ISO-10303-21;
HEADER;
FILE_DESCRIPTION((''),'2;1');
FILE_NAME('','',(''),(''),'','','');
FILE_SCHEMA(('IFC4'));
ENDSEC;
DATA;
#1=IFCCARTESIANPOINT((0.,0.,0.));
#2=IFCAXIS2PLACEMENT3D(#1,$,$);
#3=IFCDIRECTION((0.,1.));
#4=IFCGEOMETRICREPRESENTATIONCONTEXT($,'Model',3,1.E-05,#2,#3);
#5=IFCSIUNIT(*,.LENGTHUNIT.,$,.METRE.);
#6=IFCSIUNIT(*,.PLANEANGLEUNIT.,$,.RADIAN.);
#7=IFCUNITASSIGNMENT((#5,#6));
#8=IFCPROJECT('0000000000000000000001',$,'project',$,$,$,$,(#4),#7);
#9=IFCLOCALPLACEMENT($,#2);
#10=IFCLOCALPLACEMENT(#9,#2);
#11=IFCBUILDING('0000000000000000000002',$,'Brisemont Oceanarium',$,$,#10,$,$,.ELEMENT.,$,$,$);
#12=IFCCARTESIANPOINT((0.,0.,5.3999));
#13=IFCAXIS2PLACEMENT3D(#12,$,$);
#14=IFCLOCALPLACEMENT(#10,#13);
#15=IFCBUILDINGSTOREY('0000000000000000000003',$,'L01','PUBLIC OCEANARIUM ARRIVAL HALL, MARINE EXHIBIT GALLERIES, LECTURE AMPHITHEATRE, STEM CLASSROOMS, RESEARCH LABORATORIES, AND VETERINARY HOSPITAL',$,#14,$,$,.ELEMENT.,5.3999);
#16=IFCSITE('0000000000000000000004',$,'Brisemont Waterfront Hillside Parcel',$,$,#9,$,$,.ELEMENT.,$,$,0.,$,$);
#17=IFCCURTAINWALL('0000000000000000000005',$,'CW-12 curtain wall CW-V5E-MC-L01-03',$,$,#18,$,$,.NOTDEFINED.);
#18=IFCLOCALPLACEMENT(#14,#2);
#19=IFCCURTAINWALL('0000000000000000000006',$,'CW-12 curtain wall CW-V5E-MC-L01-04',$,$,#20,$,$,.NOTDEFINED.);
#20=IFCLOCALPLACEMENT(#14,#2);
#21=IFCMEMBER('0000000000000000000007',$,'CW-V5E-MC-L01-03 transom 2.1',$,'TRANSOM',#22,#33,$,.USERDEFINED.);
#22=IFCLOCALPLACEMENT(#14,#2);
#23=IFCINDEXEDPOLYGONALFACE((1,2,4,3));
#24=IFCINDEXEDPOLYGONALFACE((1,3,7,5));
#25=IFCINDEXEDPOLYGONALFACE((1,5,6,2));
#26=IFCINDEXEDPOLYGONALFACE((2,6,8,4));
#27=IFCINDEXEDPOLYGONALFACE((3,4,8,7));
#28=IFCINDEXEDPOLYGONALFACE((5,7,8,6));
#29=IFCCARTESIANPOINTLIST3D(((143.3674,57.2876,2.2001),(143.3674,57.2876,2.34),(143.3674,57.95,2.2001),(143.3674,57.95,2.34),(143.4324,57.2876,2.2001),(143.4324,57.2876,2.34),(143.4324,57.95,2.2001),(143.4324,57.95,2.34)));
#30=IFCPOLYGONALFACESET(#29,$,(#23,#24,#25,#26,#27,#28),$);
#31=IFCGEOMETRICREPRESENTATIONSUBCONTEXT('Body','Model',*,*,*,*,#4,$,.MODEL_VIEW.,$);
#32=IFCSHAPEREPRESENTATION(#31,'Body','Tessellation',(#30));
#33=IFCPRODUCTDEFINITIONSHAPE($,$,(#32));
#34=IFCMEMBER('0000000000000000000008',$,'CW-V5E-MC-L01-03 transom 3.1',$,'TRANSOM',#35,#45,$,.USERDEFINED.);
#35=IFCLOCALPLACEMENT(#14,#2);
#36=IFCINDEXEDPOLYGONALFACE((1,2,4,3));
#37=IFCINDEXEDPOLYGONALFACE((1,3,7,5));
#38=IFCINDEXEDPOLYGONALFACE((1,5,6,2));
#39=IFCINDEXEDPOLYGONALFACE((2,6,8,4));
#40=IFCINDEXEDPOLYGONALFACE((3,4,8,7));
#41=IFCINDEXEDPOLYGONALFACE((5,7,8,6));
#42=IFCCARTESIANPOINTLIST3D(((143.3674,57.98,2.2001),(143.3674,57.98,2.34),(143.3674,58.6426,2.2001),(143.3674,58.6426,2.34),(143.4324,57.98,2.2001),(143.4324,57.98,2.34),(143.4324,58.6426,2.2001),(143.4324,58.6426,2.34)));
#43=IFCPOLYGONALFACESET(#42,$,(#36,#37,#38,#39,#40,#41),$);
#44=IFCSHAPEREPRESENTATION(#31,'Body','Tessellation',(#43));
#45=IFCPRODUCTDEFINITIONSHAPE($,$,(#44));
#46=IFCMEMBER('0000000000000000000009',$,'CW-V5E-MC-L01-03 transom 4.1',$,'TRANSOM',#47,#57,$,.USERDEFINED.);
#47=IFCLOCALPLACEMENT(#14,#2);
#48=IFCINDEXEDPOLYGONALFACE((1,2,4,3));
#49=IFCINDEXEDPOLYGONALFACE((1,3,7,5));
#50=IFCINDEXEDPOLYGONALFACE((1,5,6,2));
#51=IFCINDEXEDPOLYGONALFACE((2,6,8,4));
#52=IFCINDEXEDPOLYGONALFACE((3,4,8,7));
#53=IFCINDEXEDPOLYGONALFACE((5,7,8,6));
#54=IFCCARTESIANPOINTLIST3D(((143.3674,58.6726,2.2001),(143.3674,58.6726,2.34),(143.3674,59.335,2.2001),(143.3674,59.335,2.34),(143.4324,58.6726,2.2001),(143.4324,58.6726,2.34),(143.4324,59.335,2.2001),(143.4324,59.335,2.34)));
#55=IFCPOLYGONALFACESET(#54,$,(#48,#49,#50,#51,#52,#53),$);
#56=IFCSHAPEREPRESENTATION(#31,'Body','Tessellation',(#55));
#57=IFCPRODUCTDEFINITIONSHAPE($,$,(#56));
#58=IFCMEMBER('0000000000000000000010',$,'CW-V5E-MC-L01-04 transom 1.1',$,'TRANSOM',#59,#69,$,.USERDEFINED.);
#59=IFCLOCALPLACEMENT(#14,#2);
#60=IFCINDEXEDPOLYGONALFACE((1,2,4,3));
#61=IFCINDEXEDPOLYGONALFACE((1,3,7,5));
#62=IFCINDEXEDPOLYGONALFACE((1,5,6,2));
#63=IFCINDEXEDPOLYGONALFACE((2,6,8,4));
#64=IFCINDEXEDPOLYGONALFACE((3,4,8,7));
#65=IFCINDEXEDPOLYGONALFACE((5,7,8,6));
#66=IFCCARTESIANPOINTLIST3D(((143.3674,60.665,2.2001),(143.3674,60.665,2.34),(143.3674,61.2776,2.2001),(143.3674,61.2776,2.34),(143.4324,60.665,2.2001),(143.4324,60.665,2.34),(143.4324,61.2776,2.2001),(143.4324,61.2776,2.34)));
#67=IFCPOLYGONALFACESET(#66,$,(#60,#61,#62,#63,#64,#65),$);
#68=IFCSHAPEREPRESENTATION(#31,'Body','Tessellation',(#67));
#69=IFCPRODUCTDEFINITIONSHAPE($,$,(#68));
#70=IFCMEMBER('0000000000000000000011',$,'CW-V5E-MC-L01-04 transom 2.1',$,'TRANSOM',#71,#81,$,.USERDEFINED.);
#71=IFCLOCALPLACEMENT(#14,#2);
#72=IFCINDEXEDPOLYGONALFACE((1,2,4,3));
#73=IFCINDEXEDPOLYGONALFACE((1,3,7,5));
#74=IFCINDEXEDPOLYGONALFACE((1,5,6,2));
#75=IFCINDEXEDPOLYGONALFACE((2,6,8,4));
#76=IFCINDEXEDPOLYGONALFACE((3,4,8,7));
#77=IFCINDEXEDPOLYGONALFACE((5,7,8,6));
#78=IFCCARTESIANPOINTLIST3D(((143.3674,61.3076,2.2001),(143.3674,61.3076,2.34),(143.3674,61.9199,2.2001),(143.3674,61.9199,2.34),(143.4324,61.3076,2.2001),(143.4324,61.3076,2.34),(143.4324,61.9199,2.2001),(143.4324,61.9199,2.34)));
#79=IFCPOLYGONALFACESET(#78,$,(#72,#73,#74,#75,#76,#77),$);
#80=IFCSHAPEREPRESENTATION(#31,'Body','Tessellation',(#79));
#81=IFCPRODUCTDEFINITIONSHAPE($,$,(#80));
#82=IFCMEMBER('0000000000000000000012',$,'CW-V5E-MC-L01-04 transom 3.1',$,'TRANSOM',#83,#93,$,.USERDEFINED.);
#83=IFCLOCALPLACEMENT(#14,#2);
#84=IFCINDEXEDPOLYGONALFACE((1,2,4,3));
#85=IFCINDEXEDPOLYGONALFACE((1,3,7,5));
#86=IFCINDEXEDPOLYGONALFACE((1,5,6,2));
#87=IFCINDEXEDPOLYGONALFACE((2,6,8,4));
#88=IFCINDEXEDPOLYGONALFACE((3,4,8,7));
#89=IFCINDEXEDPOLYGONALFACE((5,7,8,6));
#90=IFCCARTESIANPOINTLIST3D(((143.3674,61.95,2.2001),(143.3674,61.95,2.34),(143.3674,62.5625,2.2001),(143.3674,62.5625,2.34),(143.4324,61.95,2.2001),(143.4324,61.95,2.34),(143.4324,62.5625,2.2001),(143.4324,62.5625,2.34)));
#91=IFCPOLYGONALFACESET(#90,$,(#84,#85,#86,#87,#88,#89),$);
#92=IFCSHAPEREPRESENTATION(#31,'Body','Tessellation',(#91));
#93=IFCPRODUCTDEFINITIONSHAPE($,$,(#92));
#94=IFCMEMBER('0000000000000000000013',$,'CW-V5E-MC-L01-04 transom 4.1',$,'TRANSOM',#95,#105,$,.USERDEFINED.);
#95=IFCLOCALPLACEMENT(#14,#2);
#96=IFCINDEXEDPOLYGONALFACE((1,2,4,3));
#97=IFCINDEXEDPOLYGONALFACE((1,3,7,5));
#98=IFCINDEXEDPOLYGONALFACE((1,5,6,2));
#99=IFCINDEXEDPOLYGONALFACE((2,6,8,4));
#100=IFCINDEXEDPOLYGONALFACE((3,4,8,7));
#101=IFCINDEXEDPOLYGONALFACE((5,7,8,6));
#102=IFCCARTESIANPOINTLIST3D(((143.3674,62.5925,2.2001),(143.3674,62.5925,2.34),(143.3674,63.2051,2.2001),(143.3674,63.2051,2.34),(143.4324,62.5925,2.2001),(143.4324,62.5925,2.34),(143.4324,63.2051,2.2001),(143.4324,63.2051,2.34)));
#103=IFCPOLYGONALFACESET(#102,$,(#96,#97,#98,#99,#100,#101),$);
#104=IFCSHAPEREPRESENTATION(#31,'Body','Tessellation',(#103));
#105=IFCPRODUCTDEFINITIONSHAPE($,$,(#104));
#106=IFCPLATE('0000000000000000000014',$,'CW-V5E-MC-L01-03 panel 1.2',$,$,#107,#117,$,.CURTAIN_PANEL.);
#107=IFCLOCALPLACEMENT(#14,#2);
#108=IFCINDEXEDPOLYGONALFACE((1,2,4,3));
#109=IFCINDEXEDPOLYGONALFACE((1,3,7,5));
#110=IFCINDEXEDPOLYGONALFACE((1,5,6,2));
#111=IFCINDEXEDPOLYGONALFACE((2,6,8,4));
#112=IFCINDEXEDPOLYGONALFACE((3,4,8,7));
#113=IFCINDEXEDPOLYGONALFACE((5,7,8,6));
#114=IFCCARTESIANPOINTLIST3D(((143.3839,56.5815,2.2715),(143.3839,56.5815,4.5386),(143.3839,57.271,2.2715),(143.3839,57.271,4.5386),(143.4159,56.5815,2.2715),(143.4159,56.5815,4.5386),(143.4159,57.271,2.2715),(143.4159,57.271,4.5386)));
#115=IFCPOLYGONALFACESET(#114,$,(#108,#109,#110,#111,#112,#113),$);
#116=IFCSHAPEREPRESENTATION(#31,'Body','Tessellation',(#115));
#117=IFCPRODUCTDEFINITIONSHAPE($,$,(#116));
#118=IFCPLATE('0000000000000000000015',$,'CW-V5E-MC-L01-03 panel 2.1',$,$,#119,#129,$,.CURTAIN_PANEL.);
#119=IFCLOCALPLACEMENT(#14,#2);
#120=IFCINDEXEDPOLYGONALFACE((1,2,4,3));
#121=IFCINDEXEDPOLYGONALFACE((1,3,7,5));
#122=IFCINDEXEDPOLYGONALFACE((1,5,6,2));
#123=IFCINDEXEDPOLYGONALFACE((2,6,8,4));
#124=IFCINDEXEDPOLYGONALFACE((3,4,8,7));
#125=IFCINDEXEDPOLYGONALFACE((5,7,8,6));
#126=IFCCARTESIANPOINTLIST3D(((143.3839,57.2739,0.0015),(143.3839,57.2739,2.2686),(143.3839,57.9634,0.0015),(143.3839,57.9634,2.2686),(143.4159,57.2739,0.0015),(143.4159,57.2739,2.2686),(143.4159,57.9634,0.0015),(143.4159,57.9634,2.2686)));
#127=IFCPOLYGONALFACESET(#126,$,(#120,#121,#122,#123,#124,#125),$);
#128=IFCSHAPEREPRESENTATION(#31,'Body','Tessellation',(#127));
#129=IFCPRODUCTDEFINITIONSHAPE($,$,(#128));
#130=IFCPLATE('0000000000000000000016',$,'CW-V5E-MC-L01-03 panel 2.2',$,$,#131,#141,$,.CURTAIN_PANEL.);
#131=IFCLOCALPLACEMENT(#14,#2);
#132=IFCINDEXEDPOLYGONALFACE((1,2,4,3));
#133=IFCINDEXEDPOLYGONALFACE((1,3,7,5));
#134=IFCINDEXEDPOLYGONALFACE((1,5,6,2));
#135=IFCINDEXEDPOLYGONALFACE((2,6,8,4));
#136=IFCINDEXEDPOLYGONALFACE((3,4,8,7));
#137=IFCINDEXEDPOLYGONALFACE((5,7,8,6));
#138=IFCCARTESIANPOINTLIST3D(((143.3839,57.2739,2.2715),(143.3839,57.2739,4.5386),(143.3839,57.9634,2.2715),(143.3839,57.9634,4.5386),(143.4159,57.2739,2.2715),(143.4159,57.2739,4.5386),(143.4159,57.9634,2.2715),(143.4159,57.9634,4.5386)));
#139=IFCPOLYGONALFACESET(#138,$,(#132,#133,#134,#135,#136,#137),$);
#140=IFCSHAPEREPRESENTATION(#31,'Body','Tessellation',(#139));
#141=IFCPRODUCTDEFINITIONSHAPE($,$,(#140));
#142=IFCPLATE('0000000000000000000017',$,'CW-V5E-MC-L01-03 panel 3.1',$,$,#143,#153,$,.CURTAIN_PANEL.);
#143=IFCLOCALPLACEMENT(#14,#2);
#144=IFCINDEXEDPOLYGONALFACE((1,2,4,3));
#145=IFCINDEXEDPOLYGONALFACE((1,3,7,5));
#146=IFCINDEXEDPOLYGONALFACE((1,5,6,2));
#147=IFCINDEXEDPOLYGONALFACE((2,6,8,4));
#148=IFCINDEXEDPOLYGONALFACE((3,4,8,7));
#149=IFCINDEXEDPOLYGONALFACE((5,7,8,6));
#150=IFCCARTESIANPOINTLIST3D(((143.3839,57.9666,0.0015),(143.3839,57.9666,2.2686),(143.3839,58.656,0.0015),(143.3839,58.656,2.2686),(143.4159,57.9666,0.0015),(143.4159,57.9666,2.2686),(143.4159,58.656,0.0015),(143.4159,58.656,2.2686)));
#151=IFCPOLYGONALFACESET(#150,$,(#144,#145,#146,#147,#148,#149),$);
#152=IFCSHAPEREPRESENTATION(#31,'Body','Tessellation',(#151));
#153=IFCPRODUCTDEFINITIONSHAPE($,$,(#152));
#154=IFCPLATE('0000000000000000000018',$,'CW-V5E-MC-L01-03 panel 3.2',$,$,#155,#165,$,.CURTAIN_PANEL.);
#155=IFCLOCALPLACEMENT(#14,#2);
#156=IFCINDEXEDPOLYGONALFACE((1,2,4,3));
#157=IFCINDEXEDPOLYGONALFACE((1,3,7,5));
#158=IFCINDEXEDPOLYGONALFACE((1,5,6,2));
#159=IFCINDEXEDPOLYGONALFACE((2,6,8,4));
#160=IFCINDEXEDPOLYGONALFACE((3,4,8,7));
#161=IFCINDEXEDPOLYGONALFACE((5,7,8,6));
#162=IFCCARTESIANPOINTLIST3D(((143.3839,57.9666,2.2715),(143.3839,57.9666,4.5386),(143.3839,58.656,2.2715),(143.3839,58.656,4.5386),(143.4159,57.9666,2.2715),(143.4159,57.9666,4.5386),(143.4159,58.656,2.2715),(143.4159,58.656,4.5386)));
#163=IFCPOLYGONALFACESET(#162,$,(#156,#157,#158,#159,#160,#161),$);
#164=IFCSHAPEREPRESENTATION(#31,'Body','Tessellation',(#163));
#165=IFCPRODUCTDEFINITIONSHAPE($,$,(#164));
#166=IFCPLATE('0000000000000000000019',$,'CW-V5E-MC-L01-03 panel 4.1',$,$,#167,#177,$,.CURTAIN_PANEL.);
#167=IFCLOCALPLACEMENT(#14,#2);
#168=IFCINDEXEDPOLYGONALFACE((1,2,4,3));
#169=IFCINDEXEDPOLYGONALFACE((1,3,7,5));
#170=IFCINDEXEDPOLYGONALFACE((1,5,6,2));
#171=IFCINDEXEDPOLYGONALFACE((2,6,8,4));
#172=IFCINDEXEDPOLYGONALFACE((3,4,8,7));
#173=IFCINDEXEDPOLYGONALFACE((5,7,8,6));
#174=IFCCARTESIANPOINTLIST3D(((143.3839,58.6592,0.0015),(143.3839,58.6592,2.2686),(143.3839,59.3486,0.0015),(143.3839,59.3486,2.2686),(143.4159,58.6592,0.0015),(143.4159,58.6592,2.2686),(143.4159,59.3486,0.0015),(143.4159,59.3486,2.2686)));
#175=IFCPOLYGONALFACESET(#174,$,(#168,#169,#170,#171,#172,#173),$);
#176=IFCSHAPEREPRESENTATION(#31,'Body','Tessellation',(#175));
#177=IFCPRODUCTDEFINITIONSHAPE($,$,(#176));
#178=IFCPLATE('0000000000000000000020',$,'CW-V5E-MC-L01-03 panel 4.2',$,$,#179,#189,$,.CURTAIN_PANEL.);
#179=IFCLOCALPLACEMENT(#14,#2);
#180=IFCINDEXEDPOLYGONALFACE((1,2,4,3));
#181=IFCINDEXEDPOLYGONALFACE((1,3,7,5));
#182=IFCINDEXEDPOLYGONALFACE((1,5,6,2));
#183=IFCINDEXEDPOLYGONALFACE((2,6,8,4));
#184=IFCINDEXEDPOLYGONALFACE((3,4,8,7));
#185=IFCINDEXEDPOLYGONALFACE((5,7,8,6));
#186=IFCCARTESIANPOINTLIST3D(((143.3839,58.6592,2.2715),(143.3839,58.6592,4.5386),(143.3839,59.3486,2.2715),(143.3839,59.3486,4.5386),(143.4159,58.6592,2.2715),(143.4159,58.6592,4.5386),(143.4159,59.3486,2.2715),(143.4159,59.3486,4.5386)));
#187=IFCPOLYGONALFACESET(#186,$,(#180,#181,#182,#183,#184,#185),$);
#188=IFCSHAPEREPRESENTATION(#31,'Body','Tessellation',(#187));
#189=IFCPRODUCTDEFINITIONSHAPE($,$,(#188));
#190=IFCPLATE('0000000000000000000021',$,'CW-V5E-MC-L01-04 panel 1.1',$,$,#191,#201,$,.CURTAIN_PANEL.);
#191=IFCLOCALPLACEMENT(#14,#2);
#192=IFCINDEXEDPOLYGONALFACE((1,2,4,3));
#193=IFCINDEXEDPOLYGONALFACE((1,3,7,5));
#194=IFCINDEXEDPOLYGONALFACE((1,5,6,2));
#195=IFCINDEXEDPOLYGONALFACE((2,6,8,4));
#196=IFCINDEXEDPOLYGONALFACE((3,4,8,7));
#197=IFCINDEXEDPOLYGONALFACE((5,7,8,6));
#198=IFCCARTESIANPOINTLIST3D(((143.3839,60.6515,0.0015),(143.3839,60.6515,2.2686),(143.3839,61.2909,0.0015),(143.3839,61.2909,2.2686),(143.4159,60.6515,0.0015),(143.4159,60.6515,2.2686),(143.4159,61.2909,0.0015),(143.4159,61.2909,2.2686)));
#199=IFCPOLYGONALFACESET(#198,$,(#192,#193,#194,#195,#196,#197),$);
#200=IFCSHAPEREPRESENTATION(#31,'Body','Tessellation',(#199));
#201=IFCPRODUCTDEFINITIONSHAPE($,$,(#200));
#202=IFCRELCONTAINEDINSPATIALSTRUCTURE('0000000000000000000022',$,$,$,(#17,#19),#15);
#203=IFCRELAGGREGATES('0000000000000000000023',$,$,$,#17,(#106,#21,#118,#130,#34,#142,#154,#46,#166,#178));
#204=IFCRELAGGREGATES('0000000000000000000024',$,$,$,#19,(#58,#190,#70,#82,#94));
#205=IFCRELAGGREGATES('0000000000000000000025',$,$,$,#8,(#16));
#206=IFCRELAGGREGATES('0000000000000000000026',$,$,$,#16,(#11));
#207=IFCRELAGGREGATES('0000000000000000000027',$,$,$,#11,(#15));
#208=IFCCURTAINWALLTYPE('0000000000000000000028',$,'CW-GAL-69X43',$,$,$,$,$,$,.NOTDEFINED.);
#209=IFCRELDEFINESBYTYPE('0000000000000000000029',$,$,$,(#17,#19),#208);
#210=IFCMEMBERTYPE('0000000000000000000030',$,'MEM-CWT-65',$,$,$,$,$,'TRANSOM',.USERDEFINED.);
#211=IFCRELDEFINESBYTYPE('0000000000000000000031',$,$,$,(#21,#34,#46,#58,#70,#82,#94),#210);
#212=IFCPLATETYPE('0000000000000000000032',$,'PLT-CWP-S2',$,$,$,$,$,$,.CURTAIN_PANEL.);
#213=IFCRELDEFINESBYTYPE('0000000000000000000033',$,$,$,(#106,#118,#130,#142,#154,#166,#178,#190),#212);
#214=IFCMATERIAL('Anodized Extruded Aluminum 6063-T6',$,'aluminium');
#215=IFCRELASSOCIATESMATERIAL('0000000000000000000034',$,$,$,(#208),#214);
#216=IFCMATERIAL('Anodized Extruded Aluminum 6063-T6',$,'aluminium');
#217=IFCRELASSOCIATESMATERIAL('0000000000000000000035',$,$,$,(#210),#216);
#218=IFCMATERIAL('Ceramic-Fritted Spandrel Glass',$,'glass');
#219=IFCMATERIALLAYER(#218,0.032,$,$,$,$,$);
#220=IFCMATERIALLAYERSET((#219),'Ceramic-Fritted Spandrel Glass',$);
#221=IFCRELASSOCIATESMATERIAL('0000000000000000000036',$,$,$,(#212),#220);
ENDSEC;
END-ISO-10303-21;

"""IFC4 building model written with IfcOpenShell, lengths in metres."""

from ifc_helpers import new_model, si_unit, direction, frame, origin, origin_2d, place, context, subcontext, project, spatial, rectangle, extrude, material, layer, layer_set, material_profile, profile_set, type_object, element, aggregate, save


model = new_model("IFC4")

# Units and contexts
model_context = context("Model", 3, precision=1e-05, world=origin(), true_north=direction((0.0, 1.0)))
body_context = subcontext(model_context, "Body", "Model", "MODEL_VIEW")
ifc_project = project(units=[si_unit("LENGTHUNIT", "METRE"), si_unit("PLANEANGLEUNIT", "RADIAN")], contexts=[model_context])

# Site, building, storey
site_placement = place(None, origin())
site = spatial("IfcSite", under=ifc_project, at=site_placement, Name="Brisemont Waterfront Hillside Parcel", CompositionType="ELEMENT", RefElevation=0.0)
building_placement = place(site_placement, origin())
building = spatial("IfcBuilding", under=site, at=building_placement, Name="Brisemont Oceanarium", CompositionType="ELEMENT")
storey_placement = place(building_placement, frame((0.0, 0.0, 5.3999)))
storey = spatial("IfcBuildingStorey", under=building, at=storey_placement, Name="L01", Description="PUBLIC OCEANARIUM ARRIVAL HALL, MARINE EXHIBIT GALLERIES, LECTURE AMPHITHEATRE, STEM CLASSROOMS, RESEARCH LABORATORIES, AND VETERINARY HOSPITAL", CompositionType="ELEMENT", Elevation=5.3999)

# Curtain walls
ifc_material_1 = material(Name="Anodized Extruded Aluminum 6063-T6", Category="aluminium")
curtain_wall_type = type_object("IfcCurtainWallType", Name="CW-GAL-69X43", PredefinedType="NOTDEFINED", material=ifc_material_1)
curtain_wall_1_placement = place(storey_placement, origin())
curtain_wall_1 = element("IfcCurtainWall", 1, at=curtain_wall_1_placement, inside=storey, type_object=curtain_wall_type, Name="CW-12 curtain wall CW-V5E-MC-L01-03", PredefinedType="NOTDEFINED")
curtain_wall_2_placement = place(storey_placement, origin())
curtain_wall_2 = element("IfcCurtainWall", 2, at=curtain_wall_2_placement, inside=storey, type_object=curtain_wall_type, Name="CW-12 curtain wall CW-V5E-MC-L01-04", PredefinedType="NOTDEFINED")

# Members
ifc_material_2 = material(Name="Anodized Extruded Aluminum 6063-T6", Category="aluminium")
ifc_material_profile_1 = material_profile(ifc_material_2, rectangle(XDim=0.0649, YDim=0.1399, at=origin_2d()), Name="CWT-65X140")
ifc_profile_set_1 = profile_set([ifc_material_profile_1], Name="Anodized Extruded Aluminum 6063-T6")
member_type_1 = type_object("IfcMemberType", Name="MEM-CWT-65", ElementType="TRANSOM", PredefinedType="USERDEFINED", material=ifc_profile_set_1)
member_1_placement = place(storey_placement, frame((143.3999, 57.2876, 2.27), z_axis=(0.0, 1.0, 0.0), x_axis=(-1.0, 0.0, 0.0)))
member_1 = element("IfcMember", 3, at=member_1_placement, type_object=member_type_1, Name="CW-V5E-MC-L01-03 transom 2.1", ObjectType="TRANSOM", PredefinedType="USERDEFINED", context=body_context, shape_type="SweptSolid", body=[
    extrude(rectangle(XDim=0.0649, YDim=0.1399, at=origin_2d()), origin(), (0.0, 0.0, 1.0), 0.6624),
])
member_2_placement = place(storey_placement, frame((143.3999, 57.98, 2.27), z_axis=(0.0, 1.0, 0.0), x_axis=(-1.0, 0.0, 0.0)))
member_2 = element("IfcMember", 4, at=member_2_placement, type_object=member_type_1, Name="CW-V5E-MC-L01-03 transom 3.1", ObjectType="TRANSOM", PredefinedType="USERDEFINED", context=body_context, shape_type="SweptSolid", body=[
    extrude(rectangle(XDim=0.0649, YDim=0.1399, at=origin_2d()), origin(), (0.0, 0.0, 1.0), 0.6626),
])
member_3_placement = place(storey_placement, frame((143.3999, 58.6726, 2.27), z_axis=(0.0, 1.0, 0.0), x_axis=(-1.0, 0.0, 0.0)))
member_3 = element("IfcMember", 5, at=member_3_placement, type_object=member_type_1, Name="CW-V5E-MC-L01-03 transom 4.1", ObjectType="TRANSOM", PredefinedType="USERDEFINED", context=body_context, shape_type="SweptSolid", body=[
    extrude(rectangle(XDim=0.0649, YDim=0.1399, at=origin_2d()), origin(), (0.0, 0.0, 1.0), 0.6624),
])
member_4_placement = place(storey_placement, frame((143.3999, 60.665, 2.27), z_axis=(0.0, 1.0, 0.0), x_axis=(-1.0, 0.0, 0.0)))
member_4 = element("IfcMember", 6, at=member_4_placement, type_object=member_type_1, Name="CW-V5E-MC-L01-04 transom 1.1", ObjectType="TRANSOM", PredefinedType="USERDEFINED", context=body_context, shape_type="SweptSolid", body=[
    extrude(rectangle(XDim=0.0649, YDim=0.1399, at=origin_2d()), origin(), (0.0, 0.0, 1.0), 0.6125),
])
member_5_placement = place(storey_placement, frame((143.3999, 61.3076, 2.27), z_axis=(0.0, 1.0, 0.0), x_axis=(-1.0, 0.0, 0.0)))
member_5 = element("IfcMember", 7, at=member_5_placement, type_object=member_type_1, Name="CW-V5E-MC-L01-04 transom 2.1", ObjectType="TRANSOM", PredefinedType="USERDEFINED", context=body_context, shape_type="SweptSolid", body=[
    extrude(rectangle(XDim=0.0649, YDim=0.1399, at=origin_2d()), origin(), (0.0, 0.0, 1.0), 0.6123),
])
member_6_placement = place(storey_placement, frame((143.3999, 61.95, 2.27), z_axis=(0.0, 1.0, 0.0), x_axis=(-1.0, 0.0, 0.0)))
member_6 = element("IfcMember", 8, at=member_6_placement, type_object=member_type_1, Name="CW-V5E-MC-L01-04 transom 3.1", ObjectType="TRANSOM", PredefinedType="USERDEFINED", context=body_context, shape_type="SweptSolid", body=[
    extrude(rectangle(XDim=0.0649, YDim=0.1399, at=origin_2d()), origin(), (0.0, 0.0, 1.0), 0.6125),
])
member_7_placement = place(storey_placement, frame((143.3999, 62.5925, 2.27), z_axis=(0.0, 1.0, 0.0), x_axis=(-1.0, 0.0, 0.0)))
member_7 = element("IfcMember", 9, at=member_7_placement, type_object=member_type_1, Name="CW-V5E-MC-L01-04 transom 4.1", ObjectType="TRANSOM", PredefinedType="USERDEFINED", context=body_context, shape_type="SweptSolid", body=[
    extrude(rectangle(XDim=0.0649, YDim=0.1399, at=origin_2d()), origin(), (0.0, 0.0, 1.0), 0.6125),
])

# Plates
ifc_material_3 = material(Name="Ceramic-Fritted Spandrel Glass", Category="glass")
ifc_layer = layer(ifc_material_3, 0.032)
ifc_layer_set = layer_set([ifc_layer], Name="Ceramic-Fritted Spandrel Glass")
plate_type = type_object("IfcPlateType", Name="PLT-CWP-S2", PredefinedType="CURTAIN_PANEL", material=ifc_layer_set)
plate_1_placement = place(storey_placement, frame((143.3999, 56.9263, 2.2715), z_axis=(0.0, 0.0, 1.0), x_axis=(0.0, 1.0, 0.0)))
plate_1 = element("IfcPlate", 10, at=plate_1_placement, type_object=plate_type, Name="CW-V5E-MC-L01-03 panel 1.2", PredefinedType="CURTAIN_PANEL", context=body_context, shape_type="SweptSolid", body=[
    extrude(rectangle(XDim=0.6895, YDim=0.032, at=origin_2d()), origin(), (0.0, 0.0, 1.0), 2.2671),
])
plate_2_placement = place(storey_placement, frame((143.3999, 57.6187, 0.0015), z_axis=(0.0, 0.0, 1.0), x_axis=(0.0, 1.0, 0.0)))
plate_2 = element("IfcPlate", 11, at=plate_2_placement, type_object=plate_type, Name="CW-V5E-MC-L01-03 panel 2.1", PredefinedType="CURTAIN_PANEL", context=body_context, shape_type="SweptSolid", body=[
    extrude(rectangle(XDim=0.6895, YDim=0.032, at=origin_2d()), origin(), (0.0, 0.0, 1.0), 2.2671),
])
plate_3_placement = place(storey_placement, frame((143.3999, 57.6187, 2.2715), z_axis=(0.0, 0.0, 1.0), x_axis=(0.0, 1.0, 0.0)))
plate_3 = element("IfcPlate", 12, at=plate_3_placement, type_object=plate_type, Name="CW-V5E-MC-L01-03 panel 2.2", PredefinedType="CURTAIN_PANEL", context=body_context, shape_type="SweptSolid", body=[
    extrude(rectangle(XDim=0.6895, YDim=0.032, at=origin_2d()), origin(), (0.0, 0.0, 1.0), 2.2671),
])
plate_4_placement = place(storey_placement, frame((143.3999, 58.3113, 0.0015), z_axis=(0.0, 0.0, 1.0), x_axis=(0.0, 1.0, 0.0)))
plate_4 = element("IfcPlate", 13, at=plate_4_placement, type_object=plate_type, Name="CW-V5E-MC-L01-03 panel 3.1", PredefinedType="CURTAIN_PANEL", context=body_context, shape_type="SweptSolid", body=[
    extrude(rectangle(XDim=0.6895, YDim=0.032, at=origin_2d()), origin(), (0.0, 0.0, 1.0), 2.2671),
])
plate_5_placement = place(storey_placement, frame((143.3999, 58.3113, 2.2715), z_axis=(0.0, 0.0, 1.0), x_axis=(0.0, 1.0, 0.0)))
plate_5 = element("IfcPlate", 14, at=plate_5_placement, type_object=plate_type, Name="CW-V5E-MC-L01-03 panel 3.2", PredefinedType="CURTAIN_PANEL", context=body_context, shape_type="SweptSolid", body=[
    extrude(rectangle(XDim=0.6895, YDim=0.032, at=origin_2d()), origin(), (0.0, 0.0, 1.0), 2.2671),
])
plate_6_placement = place(storey_placement, frame((143.3999, 59.0039, 0.0015), z_axis=(0.0, 0.0, 1.0), x_axis=(0.0, 1.0, 0.0)))
plate_6 = element("IfcPlate", 15, at=plate_6_placement, type_object=plate_type, Name="CW-V5E-MC-L01-03 panel 4.1", PredefinedType="CURTAIN_PANEL", context=body_context, shape_type="SweptSolid", body=[
    extrude(rectangle(XDim=0.6895, YDim=0.032, at=origin_2d()), origin(), (0.0, 0.0, 1.0), 2.2671),
])
plate_7_placement = place(storey_placement, frame((143.3999, 59.0039, 2.2715), z_axis=(0.0, 0.0, 1.0), x_axis=(0.0, 1.0, 0.0)))
plate_7 = element("IfcPlate", 16, at=plate_7_placement, type_object=plate_type, Name="CW-V5E-MC-L01-03 panel 4.2", PredefinedType="CURTAIN_PANEL", context=body_context, shape_type="SweptSolid", body=[
    extrude(rectangle(XDim=0.6895, YDim=0.032, at=origin_2d()), origin(), (0.0, 0.0, 1.0), 2.2671),
])
aggregate(curtain_wall_1, [plate_1, member_1, plate_2, plate_3, member_2, plate_4, plate_5, member_3, plate_6, plate_7])
plate_8_placement = place(storey_placement, frame((143.3999, 60.9712, 0.0015), z_axis=(0.0, 0.0, 1.0), x_axis=(0.0, 1.0, 0.0)))
plate_8 = element("IfcPlate", 17, at=plate_8_placement, type_object=plate_type, Name="CW-V5E-MC-L01-04 panel 1.1", PredefinedType="CURTAIN_PANEL", context=body_context, shape_type="SweptSolid", body=[
    extrude(rectangle(XDim=0.6394, YDim=0.032, at=origin_2d()), origin(), (0.0, 0.0, 1.0), 2.2671),
])
aggregate(curtain_wall_2, [member_4, plate_8, member_5, member_6, member_7])

save(model, "model.ifc")
